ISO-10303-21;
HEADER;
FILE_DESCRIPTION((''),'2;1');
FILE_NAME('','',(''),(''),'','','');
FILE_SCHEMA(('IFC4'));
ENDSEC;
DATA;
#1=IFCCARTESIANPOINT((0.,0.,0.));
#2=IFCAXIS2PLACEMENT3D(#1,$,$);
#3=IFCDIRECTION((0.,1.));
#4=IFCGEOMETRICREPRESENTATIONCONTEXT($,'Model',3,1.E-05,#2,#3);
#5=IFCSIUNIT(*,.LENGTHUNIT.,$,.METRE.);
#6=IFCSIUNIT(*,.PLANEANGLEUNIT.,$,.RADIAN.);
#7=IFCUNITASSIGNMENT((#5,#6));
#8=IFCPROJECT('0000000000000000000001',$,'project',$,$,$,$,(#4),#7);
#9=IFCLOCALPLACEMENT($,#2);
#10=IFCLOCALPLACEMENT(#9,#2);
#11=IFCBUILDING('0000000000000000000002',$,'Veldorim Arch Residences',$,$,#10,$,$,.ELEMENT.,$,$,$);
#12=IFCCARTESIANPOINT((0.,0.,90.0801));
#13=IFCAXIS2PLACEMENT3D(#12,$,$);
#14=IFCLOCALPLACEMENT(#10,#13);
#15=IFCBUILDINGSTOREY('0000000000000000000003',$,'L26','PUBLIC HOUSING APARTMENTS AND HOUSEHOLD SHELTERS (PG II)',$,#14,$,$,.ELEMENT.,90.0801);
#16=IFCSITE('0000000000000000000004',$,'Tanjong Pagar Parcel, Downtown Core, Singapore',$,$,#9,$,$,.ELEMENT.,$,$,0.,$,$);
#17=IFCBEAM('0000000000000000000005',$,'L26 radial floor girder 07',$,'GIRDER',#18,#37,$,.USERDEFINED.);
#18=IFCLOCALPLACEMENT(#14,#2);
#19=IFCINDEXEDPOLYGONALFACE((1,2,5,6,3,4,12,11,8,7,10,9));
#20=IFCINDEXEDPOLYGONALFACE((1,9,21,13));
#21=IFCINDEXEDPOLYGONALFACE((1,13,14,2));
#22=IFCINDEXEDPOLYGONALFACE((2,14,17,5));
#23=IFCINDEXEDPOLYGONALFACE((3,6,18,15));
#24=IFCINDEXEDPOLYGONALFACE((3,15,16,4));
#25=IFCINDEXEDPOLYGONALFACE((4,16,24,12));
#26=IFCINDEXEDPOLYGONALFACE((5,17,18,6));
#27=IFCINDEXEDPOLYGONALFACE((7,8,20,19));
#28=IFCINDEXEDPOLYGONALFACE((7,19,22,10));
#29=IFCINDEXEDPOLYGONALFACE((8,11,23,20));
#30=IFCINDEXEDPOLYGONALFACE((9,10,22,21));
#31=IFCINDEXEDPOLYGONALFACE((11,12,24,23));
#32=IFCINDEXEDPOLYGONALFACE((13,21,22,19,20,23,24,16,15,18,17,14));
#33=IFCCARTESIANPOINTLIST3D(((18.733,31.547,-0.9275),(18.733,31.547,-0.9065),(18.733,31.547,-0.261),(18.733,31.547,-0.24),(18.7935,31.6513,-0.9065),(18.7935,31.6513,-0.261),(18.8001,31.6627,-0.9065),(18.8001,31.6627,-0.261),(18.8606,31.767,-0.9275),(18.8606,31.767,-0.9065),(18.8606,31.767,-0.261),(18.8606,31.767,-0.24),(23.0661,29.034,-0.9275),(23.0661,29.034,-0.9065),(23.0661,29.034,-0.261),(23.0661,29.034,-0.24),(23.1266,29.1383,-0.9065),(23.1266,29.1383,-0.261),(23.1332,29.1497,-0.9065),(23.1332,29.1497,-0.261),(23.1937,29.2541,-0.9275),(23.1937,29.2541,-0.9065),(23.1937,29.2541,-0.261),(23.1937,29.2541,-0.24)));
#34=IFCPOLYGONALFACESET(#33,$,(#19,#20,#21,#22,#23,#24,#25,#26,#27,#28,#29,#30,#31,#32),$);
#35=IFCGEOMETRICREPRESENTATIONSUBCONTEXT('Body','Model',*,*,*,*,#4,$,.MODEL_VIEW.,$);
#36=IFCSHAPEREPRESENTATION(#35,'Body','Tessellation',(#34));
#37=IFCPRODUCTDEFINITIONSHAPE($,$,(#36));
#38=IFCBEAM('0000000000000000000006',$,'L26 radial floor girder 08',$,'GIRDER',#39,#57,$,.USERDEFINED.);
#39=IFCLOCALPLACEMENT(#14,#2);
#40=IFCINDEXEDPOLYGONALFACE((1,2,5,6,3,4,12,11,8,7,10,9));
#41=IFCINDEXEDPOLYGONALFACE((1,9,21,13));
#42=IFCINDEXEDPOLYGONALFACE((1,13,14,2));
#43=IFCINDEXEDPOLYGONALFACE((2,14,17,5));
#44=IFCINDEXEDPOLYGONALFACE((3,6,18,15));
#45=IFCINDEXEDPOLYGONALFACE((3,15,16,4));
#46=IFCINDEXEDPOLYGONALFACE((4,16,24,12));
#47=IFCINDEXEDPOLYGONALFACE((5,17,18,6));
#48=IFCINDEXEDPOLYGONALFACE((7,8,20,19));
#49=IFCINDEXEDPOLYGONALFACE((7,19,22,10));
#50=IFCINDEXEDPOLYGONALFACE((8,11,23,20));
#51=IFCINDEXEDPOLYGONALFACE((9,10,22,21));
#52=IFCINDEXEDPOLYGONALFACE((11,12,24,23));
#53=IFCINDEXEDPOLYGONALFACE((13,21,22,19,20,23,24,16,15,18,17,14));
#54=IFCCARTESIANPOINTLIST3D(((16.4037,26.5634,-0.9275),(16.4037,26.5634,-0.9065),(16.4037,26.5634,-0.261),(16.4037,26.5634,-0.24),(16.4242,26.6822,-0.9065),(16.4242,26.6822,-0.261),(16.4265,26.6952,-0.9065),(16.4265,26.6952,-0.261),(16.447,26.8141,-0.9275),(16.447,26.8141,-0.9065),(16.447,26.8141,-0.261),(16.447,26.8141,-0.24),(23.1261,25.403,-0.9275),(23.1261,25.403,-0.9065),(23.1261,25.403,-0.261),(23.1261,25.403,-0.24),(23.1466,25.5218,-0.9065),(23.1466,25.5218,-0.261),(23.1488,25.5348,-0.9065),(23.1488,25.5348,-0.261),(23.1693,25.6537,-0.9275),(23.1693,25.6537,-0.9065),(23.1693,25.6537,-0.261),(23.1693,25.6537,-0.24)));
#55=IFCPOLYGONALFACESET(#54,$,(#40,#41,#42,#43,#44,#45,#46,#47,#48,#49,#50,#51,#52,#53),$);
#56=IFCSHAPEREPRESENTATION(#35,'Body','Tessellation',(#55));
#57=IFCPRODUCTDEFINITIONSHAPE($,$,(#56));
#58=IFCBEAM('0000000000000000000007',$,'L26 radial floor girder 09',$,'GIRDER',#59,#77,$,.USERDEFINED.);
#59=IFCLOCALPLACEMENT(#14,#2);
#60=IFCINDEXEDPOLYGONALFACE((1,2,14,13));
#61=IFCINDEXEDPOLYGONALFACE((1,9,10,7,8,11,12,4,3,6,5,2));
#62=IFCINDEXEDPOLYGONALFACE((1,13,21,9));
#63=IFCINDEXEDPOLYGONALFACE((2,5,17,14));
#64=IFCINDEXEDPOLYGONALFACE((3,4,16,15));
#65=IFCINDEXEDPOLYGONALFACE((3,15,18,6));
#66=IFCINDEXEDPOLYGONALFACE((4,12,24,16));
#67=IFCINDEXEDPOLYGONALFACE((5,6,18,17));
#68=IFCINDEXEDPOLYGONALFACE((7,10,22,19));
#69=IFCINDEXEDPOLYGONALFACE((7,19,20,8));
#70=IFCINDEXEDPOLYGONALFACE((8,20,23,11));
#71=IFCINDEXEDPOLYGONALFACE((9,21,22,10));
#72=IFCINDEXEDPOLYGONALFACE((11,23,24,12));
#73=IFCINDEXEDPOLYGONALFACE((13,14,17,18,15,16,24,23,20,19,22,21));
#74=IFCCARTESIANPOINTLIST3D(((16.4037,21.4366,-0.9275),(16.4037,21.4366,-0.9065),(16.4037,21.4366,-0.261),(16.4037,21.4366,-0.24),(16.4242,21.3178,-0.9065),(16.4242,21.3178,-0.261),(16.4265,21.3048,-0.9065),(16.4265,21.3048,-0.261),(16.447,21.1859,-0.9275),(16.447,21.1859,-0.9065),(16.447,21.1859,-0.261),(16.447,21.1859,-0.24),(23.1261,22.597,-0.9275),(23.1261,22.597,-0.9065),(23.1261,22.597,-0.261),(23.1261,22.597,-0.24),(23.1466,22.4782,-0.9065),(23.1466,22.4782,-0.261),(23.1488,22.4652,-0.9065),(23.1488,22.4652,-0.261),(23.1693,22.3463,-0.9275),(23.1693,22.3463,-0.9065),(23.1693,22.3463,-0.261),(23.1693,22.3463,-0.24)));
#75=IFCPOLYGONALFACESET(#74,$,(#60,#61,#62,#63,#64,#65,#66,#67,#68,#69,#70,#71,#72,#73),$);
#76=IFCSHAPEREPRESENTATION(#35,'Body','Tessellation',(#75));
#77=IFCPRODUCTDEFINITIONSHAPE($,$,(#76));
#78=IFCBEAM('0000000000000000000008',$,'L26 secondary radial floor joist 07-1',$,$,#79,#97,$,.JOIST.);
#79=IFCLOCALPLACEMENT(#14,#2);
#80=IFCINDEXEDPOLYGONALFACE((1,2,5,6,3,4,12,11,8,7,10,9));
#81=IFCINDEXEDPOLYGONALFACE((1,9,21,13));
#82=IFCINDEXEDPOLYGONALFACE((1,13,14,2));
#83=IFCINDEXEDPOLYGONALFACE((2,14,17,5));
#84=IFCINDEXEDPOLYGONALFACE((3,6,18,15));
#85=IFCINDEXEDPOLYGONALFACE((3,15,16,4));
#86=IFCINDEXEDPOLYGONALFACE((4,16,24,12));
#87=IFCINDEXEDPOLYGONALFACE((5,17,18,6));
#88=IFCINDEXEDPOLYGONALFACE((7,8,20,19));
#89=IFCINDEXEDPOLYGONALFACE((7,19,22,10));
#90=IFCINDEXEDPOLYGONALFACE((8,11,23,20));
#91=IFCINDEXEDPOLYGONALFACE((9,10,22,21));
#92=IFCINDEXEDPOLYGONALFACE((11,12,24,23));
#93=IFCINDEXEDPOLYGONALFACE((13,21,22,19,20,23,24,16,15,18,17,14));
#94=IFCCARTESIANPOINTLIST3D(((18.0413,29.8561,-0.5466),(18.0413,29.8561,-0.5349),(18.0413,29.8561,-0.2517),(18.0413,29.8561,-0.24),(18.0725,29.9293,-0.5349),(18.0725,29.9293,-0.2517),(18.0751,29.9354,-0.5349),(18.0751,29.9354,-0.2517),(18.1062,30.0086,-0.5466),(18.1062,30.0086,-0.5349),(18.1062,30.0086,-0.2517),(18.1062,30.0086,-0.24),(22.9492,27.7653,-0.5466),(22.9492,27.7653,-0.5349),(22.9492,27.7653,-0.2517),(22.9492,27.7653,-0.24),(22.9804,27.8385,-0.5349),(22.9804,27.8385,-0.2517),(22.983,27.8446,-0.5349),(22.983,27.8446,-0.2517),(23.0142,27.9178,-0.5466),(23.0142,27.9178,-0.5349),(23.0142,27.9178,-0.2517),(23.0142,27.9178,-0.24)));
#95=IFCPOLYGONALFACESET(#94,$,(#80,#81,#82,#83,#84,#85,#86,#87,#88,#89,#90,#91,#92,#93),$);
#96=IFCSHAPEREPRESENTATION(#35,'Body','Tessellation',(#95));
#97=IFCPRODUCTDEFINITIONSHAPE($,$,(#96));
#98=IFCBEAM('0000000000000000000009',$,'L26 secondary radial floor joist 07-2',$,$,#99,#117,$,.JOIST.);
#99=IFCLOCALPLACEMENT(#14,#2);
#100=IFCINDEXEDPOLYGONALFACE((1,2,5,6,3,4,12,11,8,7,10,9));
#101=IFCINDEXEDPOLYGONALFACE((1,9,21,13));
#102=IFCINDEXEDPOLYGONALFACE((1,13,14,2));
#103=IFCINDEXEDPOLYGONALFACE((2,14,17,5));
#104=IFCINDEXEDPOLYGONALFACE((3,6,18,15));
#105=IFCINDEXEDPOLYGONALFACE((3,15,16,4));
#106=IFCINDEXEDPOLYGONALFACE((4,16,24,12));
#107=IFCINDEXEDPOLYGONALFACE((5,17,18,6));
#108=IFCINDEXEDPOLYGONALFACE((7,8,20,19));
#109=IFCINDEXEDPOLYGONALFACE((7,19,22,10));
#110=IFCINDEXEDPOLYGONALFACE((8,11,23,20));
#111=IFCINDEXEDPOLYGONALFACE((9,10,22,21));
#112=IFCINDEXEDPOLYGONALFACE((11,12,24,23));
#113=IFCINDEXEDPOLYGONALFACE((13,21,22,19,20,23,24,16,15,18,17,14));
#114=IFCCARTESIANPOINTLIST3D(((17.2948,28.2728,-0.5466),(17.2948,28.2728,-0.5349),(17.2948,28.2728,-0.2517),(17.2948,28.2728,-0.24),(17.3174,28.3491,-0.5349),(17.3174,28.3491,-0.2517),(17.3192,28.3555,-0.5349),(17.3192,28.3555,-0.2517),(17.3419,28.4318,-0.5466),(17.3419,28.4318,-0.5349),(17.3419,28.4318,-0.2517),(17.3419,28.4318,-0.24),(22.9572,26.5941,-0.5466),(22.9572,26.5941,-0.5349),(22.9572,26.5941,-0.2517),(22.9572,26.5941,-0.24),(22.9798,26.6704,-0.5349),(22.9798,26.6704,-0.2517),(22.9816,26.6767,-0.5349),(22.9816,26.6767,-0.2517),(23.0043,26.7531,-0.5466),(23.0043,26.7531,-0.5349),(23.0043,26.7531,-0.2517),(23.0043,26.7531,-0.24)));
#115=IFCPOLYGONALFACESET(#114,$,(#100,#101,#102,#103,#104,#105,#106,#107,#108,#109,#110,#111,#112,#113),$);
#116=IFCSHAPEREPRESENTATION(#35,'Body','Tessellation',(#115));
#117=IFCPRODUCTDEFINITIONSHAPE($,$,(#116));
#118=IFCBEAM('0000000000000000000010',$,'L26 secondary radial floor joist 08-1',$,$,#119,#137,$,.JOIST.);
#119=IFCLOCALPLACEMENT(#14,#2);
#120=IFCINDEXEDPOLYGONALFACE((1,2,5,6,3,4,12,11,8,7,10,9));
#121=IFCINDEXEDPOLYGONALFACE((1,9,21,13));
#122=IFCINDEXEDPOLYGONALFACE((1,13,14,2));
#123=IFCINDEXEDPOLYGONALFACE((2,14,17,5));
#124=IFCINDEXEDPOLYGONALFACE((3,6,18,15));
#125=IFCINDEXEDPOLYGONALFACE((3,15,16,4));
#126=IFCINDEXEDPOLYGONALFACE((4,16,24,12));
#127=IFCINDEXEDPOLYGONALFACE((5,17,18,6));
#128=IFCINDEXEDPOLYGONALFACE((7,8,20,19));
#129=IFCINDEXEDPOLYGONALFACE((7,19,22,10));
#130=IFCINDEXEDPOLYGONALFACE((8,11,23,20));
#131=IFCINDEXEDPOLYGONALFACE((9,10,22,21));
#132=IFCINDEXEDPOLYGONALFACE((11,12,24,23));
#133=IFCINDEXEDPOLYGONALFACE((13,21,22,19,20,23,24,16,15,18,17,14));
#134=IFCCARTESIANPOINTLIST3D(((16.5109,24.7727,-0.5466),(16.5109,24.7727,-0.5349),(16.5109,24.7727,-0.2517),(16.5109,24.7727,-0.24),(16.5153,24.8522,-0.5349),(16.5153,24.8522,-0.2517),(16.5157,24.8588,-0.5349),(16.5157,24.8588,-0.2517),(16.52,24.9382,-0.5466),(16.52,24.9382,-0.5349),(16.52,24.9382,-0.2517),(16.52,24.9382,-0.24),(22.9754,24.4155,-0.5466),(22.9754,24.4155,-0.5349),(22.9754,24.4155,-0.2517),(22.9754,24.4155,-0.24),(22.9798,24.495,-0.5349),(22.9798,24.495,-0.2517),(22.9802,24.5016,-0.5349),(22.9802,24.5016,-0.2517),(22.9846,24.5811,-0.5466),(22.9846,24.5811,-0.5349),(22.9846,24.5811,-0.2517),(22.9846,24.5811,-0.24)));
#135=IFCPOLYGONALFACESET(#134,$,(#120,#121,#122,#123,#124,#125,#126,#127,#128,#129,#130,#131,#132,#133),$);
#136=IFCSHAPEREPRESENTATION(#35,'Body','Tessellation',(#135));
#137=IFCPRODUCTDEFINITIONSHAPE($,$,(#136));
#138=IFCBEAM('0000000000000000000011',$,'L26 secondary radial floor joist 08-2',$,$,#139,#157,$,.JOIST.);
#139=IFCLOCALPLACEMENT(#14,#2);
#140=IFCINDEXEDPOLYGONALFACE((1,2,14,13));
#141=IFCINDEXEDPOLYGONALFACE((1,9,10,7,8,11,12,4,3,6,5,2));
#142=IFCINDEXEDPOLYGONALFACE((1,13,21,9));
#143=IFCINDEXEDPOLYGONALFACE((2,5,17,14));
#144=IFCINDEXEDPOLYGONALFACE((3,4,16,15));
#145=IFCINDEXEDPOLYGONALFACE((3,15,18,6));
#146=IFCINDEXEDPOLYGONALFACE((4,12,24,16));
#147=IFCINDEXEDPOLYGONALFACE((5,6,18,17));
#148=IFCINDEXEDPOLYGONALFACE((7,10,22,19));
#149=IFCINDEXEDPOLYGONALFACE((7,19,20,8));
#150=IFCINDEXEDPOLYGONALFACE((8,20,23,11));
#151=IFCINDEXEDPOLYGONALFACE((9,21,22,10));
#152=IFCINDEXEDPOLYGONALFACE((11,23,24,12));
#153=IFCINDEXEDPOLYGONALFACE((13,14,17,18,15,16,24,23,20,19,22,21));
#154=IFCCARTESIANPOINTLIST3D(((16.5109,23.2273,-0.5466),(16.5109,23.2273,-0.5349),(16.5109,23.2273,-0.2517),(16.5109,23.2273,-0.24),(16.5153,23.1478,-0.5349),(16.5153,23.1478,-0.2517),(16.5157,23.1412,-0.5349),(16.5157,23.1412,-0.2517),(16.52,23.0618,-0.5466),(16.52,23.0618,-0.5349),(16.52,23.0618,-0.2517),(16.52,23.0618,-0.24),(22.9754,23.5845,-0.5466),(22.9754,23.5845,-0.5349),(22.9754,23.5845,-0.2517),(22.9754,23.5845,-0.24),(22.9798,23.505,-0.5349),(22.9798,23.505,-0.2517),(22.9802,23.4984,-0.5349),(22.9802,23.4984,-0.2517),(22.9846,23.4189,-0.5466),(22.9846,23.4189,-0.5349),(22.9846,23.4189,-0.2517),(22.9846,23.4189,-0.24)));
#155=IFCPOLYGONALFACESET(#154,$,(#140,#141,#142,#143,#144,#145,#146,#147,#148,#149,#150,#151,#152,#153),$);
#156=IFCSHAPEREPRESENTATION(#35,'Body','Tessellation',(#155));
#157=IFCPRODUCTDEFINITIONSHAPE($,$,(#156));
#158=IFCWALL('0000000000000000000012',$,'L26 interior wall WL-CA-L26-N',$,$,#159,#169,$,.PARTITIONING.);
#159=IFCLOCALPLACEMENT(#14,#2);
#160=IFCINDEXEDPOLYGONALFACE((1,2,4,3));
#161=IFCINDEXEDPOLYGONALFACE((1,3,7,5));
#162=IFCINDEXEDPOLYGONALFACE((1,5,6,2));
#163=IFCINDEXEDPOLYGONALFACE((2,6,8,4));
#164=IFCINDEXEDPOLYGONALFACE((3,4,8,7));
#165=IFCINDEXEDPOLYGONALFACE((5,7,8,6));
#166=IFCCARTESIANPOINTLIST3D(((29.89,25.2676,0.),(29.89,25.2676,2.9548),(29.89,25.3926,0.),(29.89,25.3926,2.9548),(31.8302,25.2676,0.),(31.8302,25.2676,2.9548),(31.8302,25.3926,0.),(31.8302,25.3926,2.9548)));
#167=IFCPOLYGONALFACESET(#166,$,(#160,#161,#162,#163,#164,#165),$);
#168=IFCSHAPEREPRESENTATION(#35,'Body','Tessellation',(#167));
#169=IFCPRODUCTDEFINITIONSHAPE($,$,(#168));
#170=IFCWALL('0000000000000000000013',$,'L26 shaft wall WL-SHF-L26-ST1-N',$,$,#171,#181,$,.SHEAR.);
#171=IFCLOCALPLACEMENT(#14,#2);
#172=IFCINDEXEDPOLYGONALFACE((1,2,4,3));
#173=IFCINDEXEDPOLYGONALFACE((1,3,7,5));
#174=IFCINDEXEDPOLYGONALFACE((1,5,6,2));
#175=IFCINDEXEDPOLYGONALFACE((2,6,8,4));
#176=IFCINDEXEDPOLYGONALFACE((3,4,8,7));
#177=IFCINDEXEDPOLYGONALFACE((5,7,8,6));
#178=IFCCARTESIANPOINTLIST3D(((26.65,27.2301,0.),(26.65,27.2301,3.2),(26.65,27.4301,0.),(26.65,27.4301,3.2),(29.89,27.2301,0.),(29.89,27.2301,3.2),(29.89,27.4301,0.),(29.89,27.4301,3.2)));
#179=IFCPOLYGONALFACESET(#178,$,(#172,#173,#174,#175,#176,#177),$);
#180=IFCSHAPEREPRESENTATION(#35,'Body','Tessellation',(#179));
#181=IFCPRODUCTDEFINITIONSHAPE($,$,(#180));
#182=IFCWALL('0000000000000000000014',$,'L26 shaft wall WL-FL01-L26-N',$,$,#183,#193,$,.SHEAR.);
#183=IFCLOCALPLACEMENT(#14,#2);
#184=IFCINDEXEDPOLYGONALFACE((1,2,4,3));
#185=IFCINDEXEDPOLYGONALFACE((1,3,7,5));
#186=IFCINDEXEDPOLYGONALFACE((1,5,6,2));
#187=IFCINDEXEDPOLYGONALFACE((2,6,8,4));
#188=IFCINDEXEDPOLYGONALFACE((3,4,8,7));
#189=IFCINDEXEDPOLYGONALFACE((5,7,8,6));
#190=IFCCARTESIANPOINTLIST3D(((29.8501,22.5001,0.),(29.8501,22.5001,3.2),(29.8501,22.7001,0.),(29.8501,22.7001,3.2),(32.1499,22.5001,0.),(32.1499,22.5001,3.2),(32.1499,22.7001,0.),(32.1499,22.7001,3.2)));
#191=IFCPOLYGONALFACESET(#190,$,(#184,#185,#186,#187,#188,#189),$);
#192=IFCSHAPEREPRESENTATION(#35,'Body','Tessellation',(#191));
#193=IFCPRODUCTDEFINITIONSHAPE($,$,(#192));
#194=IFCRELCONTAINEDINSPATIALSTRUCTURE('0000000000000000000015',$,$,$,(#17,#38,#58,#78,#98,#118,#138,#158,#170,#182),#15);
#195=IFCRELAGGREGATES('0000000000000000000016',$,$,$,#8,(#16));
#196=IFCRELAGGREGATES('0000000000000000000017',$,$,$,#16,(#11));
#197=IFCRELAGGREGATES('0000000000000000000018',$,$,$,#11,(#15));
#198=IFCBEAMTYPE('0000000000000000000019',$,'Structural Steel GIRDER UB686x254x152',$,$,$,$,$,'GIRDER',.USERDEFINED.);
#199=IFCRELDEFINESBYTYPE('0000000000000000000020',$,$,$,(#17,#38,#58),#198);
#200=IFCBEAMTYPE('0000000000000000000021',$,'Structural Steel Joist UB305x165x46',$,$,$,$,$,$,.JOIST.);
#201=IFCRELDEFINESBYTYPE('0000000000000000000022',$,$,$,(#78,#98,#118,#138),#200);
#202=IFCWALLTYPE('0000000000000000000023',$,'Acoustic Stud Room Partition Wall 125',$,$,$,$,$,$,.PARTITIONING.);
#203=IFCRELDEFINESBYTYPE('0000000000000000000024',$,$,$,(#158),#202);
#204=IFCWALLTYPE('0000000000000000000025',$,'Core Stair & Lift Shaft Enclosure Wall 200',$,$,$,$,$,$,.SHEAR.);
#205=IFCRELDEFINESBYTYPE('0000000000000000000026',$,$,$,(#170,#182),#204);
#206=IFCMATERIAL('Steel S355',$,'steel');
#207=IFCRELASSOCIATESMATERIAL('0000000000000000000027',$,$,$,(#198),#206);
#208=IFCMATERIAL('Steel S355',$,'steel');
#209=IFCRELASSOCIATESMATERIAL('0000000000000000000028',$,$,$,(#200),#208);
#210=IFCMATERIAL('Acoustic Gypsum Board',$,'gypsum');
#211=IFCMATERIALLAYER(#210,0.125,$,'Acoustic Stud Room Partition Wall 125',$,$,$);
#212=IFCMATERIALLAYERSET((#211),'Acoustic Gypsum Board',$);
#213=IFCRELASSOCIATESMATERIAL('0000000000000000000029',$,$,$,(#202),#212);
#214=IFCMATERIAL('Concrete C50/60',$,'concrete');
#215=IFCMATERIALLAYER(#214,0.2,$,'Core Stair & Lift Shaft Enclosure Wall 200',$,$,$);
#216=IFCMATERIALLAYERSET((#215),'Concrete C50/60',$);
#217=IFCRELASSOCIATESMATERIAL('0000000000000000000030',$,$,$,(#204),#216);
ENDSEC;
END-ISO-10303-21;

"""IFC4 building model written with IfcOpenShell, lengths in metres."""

from ifc_helpers import new_model, si_unit, direction, frame, frame_2d, origin, origin_2d, place, context, subcontext, project, spatial, rectangle, i_section, extrude, material, layer, layer_set, material_profile, profile_set, type_object, element, save


model = new_model("IFC4")

# Units and contexts
model_context = context("Model", 3, precision=1e-05, world=origin(), true_north=direction((0.0, 1.0)))
body_context = subcontext(model_context, "Body", "Model", "MODEL_VIEW")
ifc_project = project(units=[si_unit("LENGTHUNIT", "METRE"), si_unit("PLANEANGLEUNIT", "RADIAN")], contexts=[model_context])

# Site, building, storey
site_placement = place(None, origin())
site = spatial("IfcSite", under=ifc_project, at=site_placement, Name="Tanjong Pagar Parcel, Downtown Core, Singapore", CompositionType="ELEMENT", RefElevation=0.0)
building_placement = place(site_placement, origin())
building = spatial("IfcBuilding", under=site, at=building_placement, Name="Veldorim Arch Residences", CompositionType="ELEMENT")
storey_placement = place(building_placement, frame((0.0, 0.0, 90.0801)))
storey = spatial("IfcBuildingStorey", under=building, at=storey_placement, Name="L26", Description="PUBLIC HOUSING APARTMENTS AND HOUSEHOLD SHELTERS (PG II)", CompositionType="ELEMENT", Elevation=90.0801)

# Beams
ifc_material_1 = material(Name="Steel S355", Category="steel")
ifc_material_profile_1 = material_profile(ifc_material_1, i_section(OverallWidth=0.2544, OverallDepth=0.6875, WebThickness=0.0132, FlangeThickness=0.021, at=origin_2d()), Name="UB686x254x152")
ifc_profile_set_1 = profile_set([ifc_material_profile_1], Name="Steel S355")
beam_type_1 = type_object("IfcBeamType", Name="Structural Steel GIRDER UB686x254x152", ElementType="GIRDER", PredefinedType="USERDEFINED", material=ifc_profile_set_1)
beam_1_placement = place(storey_placement, frame((23.1299, 29.144, -0.5837), z_axis=(-0.865049, 0.501687, 0.0), x_axis=(-0.501687, -0.865049, 0.0)))
element("IfcBeam", 1, at=beam_1_placement, inside=storey, type_object=beam_type_1, Name="L26 radial floor girder 07", ObjectType="GIRDER", PredefinedType="USERDEFINED", context=body_context, shape_type="SweptSolid", body=[
    extrude(i_section(OverallWidth=0.2544, OverallDepth=0.6875, WebThickness=0.0132, FlangeThickness=0.021, at=origin_2d()), origin(), (0.0, 0.0, 1.0), 5.009),
])
for number, where, z_axis, x_axis, name in (
    (2, (23.1477, 25.5283, -0.5837), (-0.985427, 0.170101, 0.0), (-0.170101, -0.985427, 0.0), "L26 radial floor girder 08"),
    (3, (23.1477, 22.4717, -0.5837), (-0.985427, -0.170101, 0.0), (0.170101, -0.985427, 0.0), "L26 radial floor girder 09"),
):
    element("IfcBeam", number, at=place(storey_placement, frame(where, z_axis=z_axis, x_axis=x_axis)), inside=storey, type_object=beam_type_1, Name=name, ObjectType="GIRDER", PredefinedType="USERDEFINED", context=body_context, shape_type="SweptSolid", body=[
        extrude(i_section(OverallWidth=0.2544, OverallDepth=0.6875, WebThickness=0.0132, FlangeThickness=0.021, at=origin_2d()), origin(), (0.0, 0.0, 1.0), 6.8218),
    ])
ifc_material_2 = material(Name="Steel S355", Category="steel")
ifc_material_profile_2 = material_profile(ifc_material_2, i_section(OverallWidth=0.1658, OverallDepth=0.3066, WebThickness=0.0066, FlangeThickness=0.0117, at=origin_2d()), Name="UB305x165x46")
ifc_profile_set_2 = profile_set([ifc_material_profile_2], Name="Steel S355")
beam_type_2 = type_object("IfcBeamType", Name="Structural Steel Joist UB305x165x46", PredefinedType="JOIST", material=ifc_profile_set_2)
beam_2_placement = place(storey_placement, frame((22.9817, 27.8416, -0.3933), z_axis=(-0.919997, 0.391924, 0.0), x_axis=(-0.391924, -0.919997, 0.0)))
element("IfcBeam", 4, at=beam_2_placement, inside=storey, type_object=beam_type_2, Name="L26 secondary radial floor joist 07-1", PredefinedType="JOIST", context=body_context, shape_type="SweptSolid", body=[
    extrude(i_section(OverallWidth=0.1658, OverallDepth=0.3066, WebThickness=0.0066, FlangeThickness=0.0117, at=origin_2d()), origin(), (0.0, 0.0, 1.0), 5.3347),
])
beam_3_placement = place(storey_placement, frame((22.9807, 26.6736, -0.3933), z_axis=(-0.958753, 0.28424, 0.0), x_axis=(-0.28424, -0.958753, 0.0)))
element("IfcBeam", 5, at=beam_3_placement, inside=storey, type_object=beam_type_2, Name="L26 secondary radial floor joist 07-2", PredefinedType="JOIST", context=body_context, shape_type="SweptSolid", body=[
    extrude(i_section(OverallWidth=0.1658, OverallDepth=0.3066, WebThickness=0.0066, FlangeThickness=0.0117, at=origin_2d()), origin(), (0.0, 0.0, 1.0), 5.906),
])
for number, where, z_axis, x_axis, name in (
    (6, (22.98, 24.4983, -0.3933), (-0.998477, 0.055167, 0.0), (-0.055167, -0.998477, 0.0), "L26 secondary radial floor joist 08-1"),
    (7, (22.98, 23.5017, -0.3933), (-0.998477, -0.055167, 0.0), (0.055167, -0.998477, 0.0), "L26 secondary radial floor joist 08-2"),
):
    element("IfcBeam", number, at=place(storey_placement, frame(where, z_axis=z_axis, x_axis=x_axis)), inside=storey, type_object=beam_type_2, Name=name, PredefinedType="JOIST", context=body_context, shape_type="SweptSolid", body=[
        extrude(i_section(OverallWidth=0.1658, OverallDepth=0.3066, WebThickness=0.0066, FlangeThickness=0.0117, at=origin_2d()), origin(), (0.0, 0.0, 1.0), 6.4744),
    ])

# Walls
ifc_material_3 = material(Name="Acoustic Gypsum Board", Category="gypsum")
ifc_layer_1 = layer(ifc_material_3, 0.125, Name="Acoustic Stud Room Partition Wall 125")
ifc_layer_set_1 = layer_set([ifc_layer_1], Name="Acoustic Gypsum Board")
wall_type_1 = type_object("IfcWallType", Name="Acoustic Stud Room Partition Wall 125", PredefinedType="PARTITIONING", material=ifc_layer_set_1)
wall_1_placement = place(storey_placement, frame((29.8899, 25.3301, 0.0), z_axis=(0.0, 0.0, 1.0), x_axis=(1.0, 0.0, 0.0)))
element("IfcWall", 8, at=wall_1_placement, inside=storey, type_object=wall_type_1, Name="L26 interior wall WL-CA-L26-N", PredefinedType="PARTITIONING", context=body_context, shape_type="SweptSolid", body=[
    extrude(rectangle(XDim=1.9402, YDim=0.125, at=frame_2d((0.9702, 0.0))), origin(), (0.0, 0.0, 1.0), 2.9548),
])
ifc_material_4 = material(Name="Concrete C50/60", Category="concrete")
ifc_layer_2 = layer(ifc_material_4, 0.2, Name="Core Stair & Lift Shaft Enclosure Wall 200")
ifc_layer_set_2 = layer_set([ifc_layer_2], Name="Concrete C50/60")
wall_type_2 = type_object("IfcWallType", Name="Core Stair & Lift Shaft Enclosure Wall 200", PredefinedType="SHEAR", material=ifc_layer_set_2)
wall_2_placement = place(storey_placement, frame((26.6499, 27.3301, 0.0), z_axis=(0.0, 0.0, 1.0), x_axis=(1.0, 0.0, 0.0)))
element("IfcWall", 9, at=wall_2_placement, inside=storey, type_object=wall_type_2, Name="L26 shaft wall WL-SHF-L26-ST1-N", PredefinedType="SHEAR", context=body_context, shape_type="SweptSolid", body=[
    extrude(rectangle(XDim=3.24, YDim=0.2, at=frame_2d((1.6201, 0.0))), origin(), (0.0, 0.0, 1.0), 3.2),
])
wall_3_placement = place(storey_placement, frame((29.8501, 22.6001, 0.0), z_axis=(0.0, 0.0, 1.0), x_axis=(1.0, 0.0, 0.0)))
element("IfcWall", 10, at=wall_3_placement, inside=storey, type_object=wall_type_2, Name="L26 shaft wall WL-FL01-L26-N", PredefinedType="SHEAR", context=body_context, shape_type="SweptSolid", body=[
    extrude(rectangle(XDim=2.2998, YDim=0.2, at=frame_2d((1.1499, 0.0))), origin(), (0.0, 0.0, 1.0), 3.2),
])

save(model, "model.ifc")
